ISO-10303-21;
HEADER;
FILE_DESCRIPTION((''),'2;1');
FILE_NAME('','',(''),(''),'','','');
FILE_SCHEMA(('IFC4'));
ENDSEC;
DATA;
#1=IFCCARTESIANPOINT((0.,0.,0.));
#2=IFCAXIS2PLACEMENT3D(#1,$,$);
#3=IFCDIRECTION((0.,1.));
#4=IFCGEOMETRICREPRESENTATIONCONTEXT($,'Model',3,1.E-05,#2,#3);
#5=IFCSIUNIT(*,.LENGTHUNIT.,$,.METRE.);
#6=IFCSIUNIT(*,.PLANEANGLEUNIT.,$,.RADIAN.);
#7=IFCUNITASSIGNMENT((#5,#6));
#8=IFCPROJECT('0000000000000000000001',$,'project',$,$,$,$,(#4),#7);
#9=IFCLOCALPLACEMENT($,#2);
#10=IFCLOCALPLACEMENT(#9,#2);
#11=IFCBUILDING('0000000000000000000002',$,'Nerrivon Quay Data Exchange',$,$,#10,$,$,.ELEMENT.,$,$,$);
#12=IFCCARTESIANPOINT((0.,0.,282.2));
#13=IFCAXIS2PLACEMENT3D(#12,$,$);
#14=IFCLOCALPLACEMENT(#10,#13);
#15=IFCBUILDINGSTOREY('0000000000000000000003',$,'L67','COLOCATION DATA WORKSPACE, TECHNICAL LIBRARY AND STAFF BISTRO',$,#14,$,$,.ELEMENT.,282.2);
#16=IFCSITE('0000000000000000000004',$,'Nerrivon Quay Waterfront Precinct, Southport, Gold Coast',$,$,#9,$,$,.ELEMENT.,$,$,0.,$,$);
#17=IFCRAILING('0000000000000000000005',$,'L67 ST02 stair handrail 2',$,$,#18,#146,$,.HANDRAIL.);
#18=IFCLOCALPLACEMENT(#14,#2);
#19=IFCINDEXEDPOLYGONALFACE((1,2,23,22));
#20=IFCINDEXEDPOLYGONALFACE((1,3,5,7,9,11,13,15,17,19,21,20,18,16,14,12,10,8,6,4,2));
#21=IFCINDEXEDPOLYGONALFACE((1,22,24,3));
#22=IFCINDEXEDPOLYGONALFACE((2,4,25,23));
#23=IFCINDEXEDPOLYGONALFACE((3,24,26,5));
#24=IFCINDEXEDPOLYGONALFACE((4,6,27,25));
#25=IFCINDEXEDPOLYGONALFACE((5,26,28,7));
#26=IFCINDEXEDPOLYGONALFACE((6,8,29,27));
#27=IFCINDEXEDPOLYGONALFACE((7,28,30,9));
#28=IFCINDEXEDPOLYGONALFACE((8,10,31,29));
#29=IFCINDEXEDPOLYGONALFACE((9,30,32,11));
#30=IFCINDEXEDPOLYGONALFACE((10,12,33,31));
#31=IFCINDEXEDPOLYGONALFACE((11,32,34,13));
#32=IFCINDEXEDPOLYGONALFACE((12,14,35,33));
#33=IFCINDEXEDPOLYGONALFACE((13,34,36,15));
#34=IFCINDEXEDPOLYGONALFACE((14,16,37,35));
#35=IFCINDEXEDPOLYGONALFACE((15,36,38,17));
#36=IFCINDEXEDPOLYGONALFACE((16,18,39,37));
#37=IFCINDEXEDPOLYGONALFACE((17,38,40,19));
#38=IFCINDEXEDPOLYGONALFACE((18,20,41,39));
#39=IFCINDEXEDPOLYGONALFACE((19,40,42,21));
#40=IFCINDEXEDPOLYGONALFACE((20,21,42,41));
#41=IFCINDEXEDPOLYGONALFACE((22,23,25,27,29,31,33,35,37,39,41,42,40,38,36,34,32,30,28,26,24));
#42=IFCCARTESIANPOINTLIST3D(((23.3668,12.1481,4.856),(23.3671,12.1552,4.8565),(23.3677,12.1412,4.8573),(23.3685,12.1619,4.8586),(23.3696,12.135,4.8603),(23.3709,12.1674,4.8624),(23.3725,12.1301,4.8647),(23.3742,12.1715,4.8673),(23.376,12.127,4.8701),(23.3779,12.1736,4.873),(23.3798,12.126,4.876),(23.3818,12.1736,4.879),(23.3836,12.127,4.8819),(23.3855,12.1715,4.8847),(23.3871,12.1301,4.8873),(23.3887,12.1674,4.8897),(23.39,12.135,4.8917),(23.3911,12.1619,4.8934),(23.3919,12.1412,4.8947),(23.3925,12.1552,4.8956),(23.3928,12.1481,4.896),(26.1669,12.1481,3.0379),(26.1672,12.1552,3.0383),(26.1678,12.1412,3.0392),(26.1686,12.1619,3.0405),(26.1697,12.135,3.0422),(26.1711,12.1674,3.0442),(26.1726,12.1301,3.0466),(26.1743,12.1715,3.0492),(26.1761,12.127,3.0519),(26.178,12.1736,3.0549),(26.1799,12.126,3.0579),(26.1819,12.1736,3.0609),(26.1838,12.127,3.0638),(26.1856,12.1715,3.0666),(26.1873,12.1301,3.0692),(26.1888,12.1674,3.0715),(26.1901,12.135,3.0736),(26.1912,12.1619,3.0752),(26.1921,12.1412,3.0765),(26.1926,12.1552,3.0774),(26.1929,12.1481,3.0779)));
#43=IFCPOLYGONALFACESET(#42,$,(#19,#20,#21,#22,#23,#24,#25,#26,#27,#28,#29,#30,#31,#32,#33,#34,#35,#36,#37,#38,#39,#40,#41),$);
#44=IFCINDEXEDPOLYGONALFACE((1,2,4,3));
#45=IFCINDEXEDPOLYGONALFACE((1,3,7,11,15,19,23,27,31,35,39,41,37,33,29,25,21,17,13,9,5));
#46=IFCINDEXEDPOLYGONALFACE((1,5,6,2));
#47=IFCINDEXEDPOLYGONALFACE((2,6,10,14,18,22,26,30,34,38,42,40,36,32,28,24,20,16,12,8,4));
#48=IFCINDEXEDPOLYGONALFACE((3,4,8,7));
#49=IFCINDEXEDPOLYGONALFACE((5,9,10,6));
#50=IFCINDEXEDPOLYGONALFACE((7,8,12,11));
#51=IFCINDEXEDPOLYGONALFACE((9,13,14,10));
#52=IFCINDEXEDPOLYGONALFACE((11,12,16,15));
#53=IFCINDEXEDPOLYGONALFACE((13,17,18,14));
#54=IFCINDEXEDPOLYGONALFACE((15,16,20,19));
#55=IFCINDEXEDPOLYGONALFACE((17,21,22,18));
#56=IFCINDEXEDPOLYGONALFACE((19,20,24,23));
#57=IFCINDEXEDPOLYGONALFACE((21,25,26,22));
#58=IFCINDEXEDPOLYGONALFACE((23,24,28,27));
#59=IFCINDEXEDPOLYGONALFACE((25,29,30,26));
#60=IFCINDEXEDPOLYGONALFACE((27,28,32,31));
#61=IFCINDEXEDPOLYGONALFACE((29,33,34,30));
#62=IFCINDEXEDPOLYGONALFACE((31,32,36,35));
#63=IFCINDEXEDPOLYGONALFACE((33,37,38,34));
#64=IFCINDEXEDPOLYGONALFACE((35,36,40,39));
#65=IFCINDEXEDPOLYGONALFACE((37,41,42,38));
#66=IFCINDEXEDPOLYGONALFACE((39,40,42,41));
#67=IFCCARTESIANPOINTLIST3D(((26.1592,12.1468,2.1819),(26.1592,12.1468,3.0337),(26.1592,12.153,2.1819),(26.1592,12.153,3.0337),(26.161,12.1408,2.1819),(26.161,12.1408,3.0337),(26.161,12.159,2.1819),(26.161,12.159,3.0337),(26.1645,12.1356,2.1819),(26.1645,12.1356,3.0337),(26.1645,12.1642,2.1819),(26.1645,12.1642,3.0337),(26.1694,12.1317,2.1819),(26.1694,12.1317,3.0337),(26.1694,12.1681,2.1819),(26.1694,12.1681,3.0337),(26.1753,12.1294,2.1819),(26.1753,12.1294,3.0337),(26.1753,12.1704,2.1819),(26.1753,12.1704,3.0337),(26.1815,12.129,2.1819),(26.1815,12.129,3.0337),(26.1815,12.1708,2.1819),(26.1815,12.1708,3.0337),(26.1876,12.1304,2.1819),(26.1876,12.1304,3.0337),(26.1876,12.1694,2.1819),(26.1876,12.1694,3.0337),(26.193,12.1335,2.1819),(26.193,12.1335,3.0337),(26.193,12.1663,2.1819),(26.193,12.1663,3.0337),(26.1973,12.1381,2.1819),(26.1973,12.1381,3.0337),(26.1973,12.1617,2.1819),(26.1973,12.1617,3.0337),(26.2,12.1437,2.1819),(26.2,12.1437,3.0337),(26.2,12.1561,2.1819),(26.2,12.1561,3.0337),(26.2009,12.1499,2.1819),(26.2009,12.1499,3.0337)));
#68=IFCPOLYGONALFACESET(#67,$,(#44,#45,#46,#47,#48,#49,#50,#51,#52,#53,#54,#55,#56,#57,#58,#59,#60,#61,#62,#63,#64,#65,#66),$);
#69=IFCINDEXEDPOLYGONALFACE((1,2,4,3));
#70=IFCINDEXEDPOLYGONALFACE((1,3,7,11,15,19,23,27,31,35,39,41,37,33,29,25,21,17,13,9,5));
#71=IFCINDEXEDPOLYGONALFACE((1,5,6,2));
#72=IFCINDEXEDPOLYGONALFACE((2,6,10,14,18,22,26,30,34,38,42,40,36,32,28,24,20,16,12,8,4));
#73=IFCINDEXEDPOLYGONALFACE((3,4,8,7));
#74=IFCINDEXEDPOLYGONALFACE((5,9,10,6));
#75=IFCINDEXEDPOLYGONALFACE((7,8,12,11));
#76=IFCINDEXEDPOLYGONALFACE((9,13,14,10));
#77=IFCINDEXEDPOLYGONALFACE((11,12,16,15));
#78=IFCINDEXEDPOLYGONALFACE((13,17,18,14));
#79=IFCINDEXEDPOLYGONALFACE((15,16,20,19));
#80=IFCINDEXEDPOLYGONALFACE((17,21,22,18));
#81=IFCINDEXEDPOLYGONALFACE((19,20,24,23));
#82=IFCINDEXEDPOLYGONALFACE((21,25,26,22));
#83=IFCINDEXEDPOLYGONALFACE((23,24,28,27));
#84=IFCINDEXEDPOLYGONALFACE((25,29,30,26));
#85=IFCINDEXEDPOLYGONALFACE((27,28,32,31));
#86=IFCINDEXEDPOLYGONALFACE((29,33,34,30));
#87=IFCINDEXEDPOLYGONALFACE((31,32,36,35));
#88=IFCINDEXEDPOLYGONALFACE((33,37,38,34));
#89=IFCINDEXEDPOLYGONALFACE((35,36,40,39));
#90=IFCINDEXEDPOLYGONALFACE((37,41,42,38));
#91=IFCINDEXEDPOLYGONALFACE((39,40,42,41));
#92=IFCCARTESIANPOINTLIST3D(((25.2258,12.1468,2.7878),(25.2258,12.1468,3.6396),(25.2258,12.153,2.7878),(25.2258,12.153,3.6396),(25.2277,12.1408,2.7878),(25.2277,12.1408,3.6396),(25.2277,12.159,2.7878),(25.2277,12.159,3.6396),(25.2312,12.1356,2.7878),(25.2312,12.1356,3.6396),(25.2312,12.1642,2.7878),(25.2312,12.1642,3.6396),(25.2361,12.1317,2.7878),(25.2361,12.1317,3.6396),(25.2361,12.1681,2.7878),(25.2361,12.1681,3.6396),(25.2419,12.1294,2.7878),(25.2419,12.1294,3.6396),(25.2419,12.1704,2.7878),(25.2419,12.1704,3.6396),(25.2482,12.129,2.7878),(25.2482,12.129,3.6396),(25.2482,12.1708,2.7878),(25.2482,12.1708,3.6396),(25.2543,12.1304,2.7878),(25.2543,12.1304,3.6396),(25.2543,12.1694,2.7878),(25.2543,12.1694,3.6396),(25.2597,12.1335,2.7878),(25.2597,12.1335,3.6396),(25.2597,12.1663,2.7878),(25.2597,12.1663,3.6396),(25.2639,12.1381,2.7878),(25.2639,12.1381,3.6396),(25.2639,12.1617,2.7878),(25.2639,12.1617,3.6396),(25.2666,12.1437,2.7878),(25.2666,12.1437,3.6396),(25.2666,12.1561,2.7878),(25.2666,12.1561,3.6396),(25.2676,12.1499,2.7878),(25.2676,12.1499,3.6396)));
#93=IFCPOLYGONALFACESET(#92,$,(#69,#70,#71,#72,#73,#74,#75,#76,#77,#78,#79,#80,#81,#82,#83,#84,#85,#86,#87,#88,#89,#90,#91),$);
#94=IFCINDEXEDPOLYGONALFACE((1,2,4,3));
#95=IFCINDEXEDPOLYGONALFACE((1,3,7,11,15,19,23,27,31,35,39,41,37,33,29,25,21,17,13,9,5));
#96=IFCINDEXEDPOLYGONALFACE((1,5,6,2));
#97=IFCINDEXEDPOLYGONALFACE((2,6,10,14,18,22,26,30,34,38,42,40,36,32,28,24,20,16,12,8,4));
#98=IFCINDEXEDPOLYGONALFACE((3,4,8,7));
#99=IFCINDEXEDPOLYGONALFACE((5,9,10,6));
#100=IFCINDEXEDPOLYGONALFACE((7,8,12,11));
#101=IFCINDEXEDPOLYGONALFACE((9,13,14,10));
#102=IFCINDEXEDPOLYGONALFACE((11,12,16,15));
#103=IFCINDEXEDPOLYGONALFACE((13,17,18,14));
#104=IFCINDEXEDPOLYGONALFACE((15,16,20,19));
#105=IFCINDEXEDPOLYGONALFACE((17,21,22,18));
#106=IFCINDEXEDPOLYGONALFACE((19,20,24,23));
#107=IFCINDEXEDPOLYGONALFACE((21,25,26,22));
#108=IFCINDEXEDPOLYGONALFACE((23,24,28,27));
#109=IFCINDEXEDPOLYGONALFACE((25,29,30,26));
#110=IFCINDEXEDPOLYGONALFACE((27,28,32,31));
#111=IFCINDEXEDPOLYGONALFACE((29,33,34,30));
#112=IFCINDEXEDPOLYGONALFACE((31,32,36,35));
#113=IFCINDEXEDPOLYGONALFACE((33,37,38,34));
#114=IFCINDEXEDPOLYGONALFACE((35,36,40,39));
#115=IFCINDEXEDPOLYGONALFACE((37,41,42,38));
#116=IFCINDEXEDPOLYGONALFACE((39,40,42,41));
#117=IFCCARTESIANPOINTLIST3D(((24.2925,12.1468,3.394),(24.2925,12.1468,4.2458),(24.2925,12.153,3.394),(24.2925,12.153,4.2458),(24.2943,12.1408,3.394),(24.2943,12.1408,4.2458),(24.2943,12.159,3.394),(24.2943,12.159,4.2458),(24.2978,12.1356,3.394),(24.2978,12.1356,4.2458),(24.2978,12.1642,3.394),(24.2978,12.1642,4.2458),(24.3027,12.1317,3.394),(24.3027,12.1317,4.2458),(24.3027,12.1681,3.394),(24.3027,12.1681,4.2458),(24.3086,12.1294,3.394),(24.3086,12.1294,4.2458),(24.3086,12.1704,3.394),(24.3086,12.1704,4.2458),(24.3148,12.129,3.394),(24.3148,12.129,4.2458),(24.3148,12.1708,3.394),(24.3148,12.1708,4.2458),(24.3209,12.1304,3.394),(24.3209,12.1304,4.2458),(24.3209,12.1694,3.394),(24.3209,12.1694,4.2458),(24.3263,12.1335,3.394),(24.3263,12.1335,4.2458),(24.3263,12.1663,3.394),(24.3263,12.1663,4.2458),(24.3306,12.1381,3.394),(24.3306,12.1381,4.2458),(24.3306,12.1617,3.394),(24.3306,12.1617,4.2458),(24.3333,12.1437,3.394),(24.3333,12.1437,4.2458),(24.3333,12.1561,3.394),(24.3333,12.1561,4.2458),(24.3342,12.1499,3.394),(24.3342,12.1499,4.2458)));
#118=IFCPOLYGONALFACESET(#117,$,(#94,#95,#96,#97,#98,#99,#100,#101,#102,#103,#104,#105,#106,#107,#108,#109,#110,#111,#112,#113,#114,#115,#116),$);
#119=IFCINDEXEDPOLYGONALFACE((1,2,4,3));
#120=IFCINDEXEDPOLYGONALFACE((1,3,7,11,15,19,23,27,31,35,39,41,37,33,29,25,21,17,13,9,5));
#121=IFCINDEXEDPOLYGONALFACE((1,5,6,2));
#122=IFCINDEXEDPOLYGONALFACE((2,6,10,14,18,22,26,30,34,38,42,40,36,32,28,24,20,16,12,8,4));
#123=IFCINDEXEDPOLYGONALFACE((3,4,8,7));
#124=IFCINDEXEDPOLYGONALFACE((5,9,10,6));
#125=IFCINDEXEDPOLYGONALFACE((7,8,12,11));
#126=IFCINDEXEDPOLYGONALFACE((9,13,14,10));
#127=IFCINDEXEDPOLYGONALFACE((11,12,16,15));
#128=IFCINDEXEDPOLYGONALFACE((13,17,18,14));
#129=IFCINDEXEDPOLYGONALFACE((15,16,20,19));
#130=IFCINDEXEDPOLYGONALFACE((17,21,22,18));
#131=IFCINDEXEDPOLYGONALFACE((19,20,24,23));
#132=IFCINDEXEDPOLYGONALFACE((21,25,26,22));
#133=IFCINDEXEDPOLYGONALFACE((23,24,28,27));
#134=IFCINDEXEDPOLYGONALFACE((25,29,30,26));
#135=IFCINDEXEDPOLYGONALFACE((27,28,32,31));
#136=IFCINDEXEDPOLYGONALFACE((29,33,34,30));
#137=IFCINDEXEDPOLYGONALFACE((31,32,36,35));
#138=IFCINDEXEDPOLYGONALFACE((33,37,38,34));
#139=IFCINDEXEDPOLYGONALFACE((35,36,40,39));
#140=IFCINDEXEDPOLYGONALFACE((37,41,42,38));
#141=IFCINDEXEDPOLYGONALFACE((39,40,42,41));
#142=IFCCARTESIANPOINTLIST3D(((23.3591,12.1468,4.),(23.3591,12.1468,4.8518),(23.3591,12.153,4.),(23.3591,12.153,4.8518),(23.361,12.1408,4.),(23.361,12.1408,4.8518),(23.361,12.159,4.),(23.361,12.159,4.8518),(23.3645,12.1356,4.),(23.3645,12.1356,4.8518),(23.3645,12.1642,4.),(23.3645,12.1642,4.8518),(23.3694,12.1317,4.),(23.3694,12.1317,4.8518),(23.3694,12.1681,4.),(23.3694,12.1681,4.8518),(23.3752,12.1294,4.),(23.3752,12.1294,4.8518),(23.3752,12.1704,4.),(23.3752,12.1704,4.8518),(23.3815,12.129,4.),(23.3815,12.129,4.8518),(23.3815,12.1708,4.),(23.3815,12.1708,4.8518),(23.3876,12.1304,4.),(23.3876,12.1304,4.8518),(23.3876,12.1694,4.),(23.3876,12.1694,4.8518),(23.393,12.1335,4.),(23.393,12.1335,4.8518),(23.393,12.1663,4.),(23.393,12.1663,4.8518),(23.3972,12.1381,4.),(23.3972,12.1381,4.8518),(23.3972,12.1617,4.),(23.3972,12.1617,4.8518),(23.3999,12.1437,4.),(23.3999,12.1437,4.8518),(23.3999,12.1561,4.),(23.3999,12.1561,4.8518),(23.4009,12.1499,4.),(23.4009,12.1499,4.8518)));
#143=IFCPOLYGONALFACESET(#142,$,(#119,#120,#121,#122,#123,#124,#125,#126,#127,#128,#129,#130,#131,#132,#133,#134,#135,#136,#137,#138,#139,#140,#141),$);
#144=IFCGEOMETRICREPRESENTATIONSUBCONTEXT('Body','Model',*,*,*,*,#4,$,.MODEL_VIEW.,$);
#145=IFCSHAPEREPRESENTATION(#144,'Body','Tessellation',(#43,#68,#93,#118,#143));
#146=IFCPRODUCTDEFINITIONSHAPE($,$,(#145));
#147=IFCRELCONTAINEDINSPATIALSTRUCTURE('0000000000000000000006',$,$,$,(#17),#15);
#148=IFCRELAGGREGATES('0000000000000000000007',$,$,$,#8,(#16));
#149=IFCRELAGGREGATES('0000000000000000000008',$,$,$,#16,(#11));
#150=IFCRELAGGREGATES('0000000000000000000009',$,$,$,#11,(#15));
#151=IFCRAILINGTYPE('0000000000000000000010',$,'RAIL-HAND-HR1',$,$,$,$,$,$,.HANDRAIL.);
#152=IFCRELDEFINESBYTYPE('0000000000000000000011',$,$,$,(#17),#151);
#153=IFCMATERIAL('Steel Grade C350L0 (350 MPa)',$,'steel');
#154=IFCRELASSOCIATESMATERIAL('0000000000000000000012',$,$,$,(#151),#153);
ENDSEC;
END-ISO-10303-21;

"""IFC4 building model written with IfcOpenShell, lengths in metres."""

from ifc_helpers import new_model, si_unit, direction, frame, origin, origin_2d, place, context, subcontext, project, spatial, circle, extrude, material, type_object, element, save


model = new_model("IFC4")

# Units and contexts
model_context = context("Model", 3, precision=1e-05, world=origin(), true_north=direction((0.0, 1.0)))
body_context = subcontext(model_context, "Body", "Model", "MODEL_VIEW")
ifc_project = project(units=[si_unit("LENGTHUNIT", "METRE"), si_unit("PLANEANGLEUNIT", "RADIAN")], contexts=[model_context])

# Site, building, storey
site_placement = place(None, origin())
site = spatial("IfcSite", under=ifc_project, at=site_placement, Name="Nerrivon Quay Waterfront Precinct, Southport, Gold Coast", CompositionType="ELEMENT", RefElevation=0.0)
building_placement = place(site_placement, origin())
building = spatial("IfcBuilding", under=site, at=building_placement, Name="Nerrivon Quay Data Exchange", CompositionType="ELEMENT")
storey_placement = place(building_placement, frame((0.0, 0.0, 282.2)))
storey = spatial("IfcBuildingStorey", under=building, at=storey_placement, Name="L67", Description="COLOCATION DATA WORKSPACE, TECHNICAL LIBRARY AND STAFF BISTRO", CompositionType="ELEMENT", Elevation=282.2)

# Shared definitions
ifc_material_1 = material(Name="Steel Grade C350L0 (350 MPa)", Category="steel")

# Railing
railing_type_1 = type_object("IfcRailingType", Name="RAIL-HAND-HR1", PredefinedType="HANDRAIL", material=ifc_material_1)
railing_1_placement = place(storey_placement, frame((26.1799, 12.1499, 2.1819)))
element("IfcRailing", 1, at=railing_1_placement, inside=storey, type_object=railing_type_1, Name="L67 ST02 stair handrail 2", PredefinedType="HANDRAIL", context=body_context, shape_type="SweptSolid", body=[
    extrude(circle(Radius=0.0239, at=origin_2d()), frame((0.0, 0.0, 0.876), z_axis=(-0.838706, 0.0, 0.544585), x_axis=(0.0, -1.0, 0.0)), (0.0, 0.0, 1.0), 3.3386),
    extrude(circle(Radius=0.021, at=origin_2d()), origin(), (0.0, 0.0, 1.0), 0.8518),
    extrude(circle(Radius=0.021, at=origin_2d()), frame((-0.9333, 0.0, 0.606)), (0.0, 0.0, 1.0), 0.8518),
    extrude(circle(Radius=0.021, at=origin_2d()), frame((-1.8667, 0.0, 1.2122)), (0.0, 0.0, 1.0), 0.8518),
    extrude(circle(Radius=0.021, at=origin_2d()), frame((-2.8, 0.0, 1.8181)), (0.0, 0.0, 1.0), 0.8518),
])

save(model, "model.ifc")
